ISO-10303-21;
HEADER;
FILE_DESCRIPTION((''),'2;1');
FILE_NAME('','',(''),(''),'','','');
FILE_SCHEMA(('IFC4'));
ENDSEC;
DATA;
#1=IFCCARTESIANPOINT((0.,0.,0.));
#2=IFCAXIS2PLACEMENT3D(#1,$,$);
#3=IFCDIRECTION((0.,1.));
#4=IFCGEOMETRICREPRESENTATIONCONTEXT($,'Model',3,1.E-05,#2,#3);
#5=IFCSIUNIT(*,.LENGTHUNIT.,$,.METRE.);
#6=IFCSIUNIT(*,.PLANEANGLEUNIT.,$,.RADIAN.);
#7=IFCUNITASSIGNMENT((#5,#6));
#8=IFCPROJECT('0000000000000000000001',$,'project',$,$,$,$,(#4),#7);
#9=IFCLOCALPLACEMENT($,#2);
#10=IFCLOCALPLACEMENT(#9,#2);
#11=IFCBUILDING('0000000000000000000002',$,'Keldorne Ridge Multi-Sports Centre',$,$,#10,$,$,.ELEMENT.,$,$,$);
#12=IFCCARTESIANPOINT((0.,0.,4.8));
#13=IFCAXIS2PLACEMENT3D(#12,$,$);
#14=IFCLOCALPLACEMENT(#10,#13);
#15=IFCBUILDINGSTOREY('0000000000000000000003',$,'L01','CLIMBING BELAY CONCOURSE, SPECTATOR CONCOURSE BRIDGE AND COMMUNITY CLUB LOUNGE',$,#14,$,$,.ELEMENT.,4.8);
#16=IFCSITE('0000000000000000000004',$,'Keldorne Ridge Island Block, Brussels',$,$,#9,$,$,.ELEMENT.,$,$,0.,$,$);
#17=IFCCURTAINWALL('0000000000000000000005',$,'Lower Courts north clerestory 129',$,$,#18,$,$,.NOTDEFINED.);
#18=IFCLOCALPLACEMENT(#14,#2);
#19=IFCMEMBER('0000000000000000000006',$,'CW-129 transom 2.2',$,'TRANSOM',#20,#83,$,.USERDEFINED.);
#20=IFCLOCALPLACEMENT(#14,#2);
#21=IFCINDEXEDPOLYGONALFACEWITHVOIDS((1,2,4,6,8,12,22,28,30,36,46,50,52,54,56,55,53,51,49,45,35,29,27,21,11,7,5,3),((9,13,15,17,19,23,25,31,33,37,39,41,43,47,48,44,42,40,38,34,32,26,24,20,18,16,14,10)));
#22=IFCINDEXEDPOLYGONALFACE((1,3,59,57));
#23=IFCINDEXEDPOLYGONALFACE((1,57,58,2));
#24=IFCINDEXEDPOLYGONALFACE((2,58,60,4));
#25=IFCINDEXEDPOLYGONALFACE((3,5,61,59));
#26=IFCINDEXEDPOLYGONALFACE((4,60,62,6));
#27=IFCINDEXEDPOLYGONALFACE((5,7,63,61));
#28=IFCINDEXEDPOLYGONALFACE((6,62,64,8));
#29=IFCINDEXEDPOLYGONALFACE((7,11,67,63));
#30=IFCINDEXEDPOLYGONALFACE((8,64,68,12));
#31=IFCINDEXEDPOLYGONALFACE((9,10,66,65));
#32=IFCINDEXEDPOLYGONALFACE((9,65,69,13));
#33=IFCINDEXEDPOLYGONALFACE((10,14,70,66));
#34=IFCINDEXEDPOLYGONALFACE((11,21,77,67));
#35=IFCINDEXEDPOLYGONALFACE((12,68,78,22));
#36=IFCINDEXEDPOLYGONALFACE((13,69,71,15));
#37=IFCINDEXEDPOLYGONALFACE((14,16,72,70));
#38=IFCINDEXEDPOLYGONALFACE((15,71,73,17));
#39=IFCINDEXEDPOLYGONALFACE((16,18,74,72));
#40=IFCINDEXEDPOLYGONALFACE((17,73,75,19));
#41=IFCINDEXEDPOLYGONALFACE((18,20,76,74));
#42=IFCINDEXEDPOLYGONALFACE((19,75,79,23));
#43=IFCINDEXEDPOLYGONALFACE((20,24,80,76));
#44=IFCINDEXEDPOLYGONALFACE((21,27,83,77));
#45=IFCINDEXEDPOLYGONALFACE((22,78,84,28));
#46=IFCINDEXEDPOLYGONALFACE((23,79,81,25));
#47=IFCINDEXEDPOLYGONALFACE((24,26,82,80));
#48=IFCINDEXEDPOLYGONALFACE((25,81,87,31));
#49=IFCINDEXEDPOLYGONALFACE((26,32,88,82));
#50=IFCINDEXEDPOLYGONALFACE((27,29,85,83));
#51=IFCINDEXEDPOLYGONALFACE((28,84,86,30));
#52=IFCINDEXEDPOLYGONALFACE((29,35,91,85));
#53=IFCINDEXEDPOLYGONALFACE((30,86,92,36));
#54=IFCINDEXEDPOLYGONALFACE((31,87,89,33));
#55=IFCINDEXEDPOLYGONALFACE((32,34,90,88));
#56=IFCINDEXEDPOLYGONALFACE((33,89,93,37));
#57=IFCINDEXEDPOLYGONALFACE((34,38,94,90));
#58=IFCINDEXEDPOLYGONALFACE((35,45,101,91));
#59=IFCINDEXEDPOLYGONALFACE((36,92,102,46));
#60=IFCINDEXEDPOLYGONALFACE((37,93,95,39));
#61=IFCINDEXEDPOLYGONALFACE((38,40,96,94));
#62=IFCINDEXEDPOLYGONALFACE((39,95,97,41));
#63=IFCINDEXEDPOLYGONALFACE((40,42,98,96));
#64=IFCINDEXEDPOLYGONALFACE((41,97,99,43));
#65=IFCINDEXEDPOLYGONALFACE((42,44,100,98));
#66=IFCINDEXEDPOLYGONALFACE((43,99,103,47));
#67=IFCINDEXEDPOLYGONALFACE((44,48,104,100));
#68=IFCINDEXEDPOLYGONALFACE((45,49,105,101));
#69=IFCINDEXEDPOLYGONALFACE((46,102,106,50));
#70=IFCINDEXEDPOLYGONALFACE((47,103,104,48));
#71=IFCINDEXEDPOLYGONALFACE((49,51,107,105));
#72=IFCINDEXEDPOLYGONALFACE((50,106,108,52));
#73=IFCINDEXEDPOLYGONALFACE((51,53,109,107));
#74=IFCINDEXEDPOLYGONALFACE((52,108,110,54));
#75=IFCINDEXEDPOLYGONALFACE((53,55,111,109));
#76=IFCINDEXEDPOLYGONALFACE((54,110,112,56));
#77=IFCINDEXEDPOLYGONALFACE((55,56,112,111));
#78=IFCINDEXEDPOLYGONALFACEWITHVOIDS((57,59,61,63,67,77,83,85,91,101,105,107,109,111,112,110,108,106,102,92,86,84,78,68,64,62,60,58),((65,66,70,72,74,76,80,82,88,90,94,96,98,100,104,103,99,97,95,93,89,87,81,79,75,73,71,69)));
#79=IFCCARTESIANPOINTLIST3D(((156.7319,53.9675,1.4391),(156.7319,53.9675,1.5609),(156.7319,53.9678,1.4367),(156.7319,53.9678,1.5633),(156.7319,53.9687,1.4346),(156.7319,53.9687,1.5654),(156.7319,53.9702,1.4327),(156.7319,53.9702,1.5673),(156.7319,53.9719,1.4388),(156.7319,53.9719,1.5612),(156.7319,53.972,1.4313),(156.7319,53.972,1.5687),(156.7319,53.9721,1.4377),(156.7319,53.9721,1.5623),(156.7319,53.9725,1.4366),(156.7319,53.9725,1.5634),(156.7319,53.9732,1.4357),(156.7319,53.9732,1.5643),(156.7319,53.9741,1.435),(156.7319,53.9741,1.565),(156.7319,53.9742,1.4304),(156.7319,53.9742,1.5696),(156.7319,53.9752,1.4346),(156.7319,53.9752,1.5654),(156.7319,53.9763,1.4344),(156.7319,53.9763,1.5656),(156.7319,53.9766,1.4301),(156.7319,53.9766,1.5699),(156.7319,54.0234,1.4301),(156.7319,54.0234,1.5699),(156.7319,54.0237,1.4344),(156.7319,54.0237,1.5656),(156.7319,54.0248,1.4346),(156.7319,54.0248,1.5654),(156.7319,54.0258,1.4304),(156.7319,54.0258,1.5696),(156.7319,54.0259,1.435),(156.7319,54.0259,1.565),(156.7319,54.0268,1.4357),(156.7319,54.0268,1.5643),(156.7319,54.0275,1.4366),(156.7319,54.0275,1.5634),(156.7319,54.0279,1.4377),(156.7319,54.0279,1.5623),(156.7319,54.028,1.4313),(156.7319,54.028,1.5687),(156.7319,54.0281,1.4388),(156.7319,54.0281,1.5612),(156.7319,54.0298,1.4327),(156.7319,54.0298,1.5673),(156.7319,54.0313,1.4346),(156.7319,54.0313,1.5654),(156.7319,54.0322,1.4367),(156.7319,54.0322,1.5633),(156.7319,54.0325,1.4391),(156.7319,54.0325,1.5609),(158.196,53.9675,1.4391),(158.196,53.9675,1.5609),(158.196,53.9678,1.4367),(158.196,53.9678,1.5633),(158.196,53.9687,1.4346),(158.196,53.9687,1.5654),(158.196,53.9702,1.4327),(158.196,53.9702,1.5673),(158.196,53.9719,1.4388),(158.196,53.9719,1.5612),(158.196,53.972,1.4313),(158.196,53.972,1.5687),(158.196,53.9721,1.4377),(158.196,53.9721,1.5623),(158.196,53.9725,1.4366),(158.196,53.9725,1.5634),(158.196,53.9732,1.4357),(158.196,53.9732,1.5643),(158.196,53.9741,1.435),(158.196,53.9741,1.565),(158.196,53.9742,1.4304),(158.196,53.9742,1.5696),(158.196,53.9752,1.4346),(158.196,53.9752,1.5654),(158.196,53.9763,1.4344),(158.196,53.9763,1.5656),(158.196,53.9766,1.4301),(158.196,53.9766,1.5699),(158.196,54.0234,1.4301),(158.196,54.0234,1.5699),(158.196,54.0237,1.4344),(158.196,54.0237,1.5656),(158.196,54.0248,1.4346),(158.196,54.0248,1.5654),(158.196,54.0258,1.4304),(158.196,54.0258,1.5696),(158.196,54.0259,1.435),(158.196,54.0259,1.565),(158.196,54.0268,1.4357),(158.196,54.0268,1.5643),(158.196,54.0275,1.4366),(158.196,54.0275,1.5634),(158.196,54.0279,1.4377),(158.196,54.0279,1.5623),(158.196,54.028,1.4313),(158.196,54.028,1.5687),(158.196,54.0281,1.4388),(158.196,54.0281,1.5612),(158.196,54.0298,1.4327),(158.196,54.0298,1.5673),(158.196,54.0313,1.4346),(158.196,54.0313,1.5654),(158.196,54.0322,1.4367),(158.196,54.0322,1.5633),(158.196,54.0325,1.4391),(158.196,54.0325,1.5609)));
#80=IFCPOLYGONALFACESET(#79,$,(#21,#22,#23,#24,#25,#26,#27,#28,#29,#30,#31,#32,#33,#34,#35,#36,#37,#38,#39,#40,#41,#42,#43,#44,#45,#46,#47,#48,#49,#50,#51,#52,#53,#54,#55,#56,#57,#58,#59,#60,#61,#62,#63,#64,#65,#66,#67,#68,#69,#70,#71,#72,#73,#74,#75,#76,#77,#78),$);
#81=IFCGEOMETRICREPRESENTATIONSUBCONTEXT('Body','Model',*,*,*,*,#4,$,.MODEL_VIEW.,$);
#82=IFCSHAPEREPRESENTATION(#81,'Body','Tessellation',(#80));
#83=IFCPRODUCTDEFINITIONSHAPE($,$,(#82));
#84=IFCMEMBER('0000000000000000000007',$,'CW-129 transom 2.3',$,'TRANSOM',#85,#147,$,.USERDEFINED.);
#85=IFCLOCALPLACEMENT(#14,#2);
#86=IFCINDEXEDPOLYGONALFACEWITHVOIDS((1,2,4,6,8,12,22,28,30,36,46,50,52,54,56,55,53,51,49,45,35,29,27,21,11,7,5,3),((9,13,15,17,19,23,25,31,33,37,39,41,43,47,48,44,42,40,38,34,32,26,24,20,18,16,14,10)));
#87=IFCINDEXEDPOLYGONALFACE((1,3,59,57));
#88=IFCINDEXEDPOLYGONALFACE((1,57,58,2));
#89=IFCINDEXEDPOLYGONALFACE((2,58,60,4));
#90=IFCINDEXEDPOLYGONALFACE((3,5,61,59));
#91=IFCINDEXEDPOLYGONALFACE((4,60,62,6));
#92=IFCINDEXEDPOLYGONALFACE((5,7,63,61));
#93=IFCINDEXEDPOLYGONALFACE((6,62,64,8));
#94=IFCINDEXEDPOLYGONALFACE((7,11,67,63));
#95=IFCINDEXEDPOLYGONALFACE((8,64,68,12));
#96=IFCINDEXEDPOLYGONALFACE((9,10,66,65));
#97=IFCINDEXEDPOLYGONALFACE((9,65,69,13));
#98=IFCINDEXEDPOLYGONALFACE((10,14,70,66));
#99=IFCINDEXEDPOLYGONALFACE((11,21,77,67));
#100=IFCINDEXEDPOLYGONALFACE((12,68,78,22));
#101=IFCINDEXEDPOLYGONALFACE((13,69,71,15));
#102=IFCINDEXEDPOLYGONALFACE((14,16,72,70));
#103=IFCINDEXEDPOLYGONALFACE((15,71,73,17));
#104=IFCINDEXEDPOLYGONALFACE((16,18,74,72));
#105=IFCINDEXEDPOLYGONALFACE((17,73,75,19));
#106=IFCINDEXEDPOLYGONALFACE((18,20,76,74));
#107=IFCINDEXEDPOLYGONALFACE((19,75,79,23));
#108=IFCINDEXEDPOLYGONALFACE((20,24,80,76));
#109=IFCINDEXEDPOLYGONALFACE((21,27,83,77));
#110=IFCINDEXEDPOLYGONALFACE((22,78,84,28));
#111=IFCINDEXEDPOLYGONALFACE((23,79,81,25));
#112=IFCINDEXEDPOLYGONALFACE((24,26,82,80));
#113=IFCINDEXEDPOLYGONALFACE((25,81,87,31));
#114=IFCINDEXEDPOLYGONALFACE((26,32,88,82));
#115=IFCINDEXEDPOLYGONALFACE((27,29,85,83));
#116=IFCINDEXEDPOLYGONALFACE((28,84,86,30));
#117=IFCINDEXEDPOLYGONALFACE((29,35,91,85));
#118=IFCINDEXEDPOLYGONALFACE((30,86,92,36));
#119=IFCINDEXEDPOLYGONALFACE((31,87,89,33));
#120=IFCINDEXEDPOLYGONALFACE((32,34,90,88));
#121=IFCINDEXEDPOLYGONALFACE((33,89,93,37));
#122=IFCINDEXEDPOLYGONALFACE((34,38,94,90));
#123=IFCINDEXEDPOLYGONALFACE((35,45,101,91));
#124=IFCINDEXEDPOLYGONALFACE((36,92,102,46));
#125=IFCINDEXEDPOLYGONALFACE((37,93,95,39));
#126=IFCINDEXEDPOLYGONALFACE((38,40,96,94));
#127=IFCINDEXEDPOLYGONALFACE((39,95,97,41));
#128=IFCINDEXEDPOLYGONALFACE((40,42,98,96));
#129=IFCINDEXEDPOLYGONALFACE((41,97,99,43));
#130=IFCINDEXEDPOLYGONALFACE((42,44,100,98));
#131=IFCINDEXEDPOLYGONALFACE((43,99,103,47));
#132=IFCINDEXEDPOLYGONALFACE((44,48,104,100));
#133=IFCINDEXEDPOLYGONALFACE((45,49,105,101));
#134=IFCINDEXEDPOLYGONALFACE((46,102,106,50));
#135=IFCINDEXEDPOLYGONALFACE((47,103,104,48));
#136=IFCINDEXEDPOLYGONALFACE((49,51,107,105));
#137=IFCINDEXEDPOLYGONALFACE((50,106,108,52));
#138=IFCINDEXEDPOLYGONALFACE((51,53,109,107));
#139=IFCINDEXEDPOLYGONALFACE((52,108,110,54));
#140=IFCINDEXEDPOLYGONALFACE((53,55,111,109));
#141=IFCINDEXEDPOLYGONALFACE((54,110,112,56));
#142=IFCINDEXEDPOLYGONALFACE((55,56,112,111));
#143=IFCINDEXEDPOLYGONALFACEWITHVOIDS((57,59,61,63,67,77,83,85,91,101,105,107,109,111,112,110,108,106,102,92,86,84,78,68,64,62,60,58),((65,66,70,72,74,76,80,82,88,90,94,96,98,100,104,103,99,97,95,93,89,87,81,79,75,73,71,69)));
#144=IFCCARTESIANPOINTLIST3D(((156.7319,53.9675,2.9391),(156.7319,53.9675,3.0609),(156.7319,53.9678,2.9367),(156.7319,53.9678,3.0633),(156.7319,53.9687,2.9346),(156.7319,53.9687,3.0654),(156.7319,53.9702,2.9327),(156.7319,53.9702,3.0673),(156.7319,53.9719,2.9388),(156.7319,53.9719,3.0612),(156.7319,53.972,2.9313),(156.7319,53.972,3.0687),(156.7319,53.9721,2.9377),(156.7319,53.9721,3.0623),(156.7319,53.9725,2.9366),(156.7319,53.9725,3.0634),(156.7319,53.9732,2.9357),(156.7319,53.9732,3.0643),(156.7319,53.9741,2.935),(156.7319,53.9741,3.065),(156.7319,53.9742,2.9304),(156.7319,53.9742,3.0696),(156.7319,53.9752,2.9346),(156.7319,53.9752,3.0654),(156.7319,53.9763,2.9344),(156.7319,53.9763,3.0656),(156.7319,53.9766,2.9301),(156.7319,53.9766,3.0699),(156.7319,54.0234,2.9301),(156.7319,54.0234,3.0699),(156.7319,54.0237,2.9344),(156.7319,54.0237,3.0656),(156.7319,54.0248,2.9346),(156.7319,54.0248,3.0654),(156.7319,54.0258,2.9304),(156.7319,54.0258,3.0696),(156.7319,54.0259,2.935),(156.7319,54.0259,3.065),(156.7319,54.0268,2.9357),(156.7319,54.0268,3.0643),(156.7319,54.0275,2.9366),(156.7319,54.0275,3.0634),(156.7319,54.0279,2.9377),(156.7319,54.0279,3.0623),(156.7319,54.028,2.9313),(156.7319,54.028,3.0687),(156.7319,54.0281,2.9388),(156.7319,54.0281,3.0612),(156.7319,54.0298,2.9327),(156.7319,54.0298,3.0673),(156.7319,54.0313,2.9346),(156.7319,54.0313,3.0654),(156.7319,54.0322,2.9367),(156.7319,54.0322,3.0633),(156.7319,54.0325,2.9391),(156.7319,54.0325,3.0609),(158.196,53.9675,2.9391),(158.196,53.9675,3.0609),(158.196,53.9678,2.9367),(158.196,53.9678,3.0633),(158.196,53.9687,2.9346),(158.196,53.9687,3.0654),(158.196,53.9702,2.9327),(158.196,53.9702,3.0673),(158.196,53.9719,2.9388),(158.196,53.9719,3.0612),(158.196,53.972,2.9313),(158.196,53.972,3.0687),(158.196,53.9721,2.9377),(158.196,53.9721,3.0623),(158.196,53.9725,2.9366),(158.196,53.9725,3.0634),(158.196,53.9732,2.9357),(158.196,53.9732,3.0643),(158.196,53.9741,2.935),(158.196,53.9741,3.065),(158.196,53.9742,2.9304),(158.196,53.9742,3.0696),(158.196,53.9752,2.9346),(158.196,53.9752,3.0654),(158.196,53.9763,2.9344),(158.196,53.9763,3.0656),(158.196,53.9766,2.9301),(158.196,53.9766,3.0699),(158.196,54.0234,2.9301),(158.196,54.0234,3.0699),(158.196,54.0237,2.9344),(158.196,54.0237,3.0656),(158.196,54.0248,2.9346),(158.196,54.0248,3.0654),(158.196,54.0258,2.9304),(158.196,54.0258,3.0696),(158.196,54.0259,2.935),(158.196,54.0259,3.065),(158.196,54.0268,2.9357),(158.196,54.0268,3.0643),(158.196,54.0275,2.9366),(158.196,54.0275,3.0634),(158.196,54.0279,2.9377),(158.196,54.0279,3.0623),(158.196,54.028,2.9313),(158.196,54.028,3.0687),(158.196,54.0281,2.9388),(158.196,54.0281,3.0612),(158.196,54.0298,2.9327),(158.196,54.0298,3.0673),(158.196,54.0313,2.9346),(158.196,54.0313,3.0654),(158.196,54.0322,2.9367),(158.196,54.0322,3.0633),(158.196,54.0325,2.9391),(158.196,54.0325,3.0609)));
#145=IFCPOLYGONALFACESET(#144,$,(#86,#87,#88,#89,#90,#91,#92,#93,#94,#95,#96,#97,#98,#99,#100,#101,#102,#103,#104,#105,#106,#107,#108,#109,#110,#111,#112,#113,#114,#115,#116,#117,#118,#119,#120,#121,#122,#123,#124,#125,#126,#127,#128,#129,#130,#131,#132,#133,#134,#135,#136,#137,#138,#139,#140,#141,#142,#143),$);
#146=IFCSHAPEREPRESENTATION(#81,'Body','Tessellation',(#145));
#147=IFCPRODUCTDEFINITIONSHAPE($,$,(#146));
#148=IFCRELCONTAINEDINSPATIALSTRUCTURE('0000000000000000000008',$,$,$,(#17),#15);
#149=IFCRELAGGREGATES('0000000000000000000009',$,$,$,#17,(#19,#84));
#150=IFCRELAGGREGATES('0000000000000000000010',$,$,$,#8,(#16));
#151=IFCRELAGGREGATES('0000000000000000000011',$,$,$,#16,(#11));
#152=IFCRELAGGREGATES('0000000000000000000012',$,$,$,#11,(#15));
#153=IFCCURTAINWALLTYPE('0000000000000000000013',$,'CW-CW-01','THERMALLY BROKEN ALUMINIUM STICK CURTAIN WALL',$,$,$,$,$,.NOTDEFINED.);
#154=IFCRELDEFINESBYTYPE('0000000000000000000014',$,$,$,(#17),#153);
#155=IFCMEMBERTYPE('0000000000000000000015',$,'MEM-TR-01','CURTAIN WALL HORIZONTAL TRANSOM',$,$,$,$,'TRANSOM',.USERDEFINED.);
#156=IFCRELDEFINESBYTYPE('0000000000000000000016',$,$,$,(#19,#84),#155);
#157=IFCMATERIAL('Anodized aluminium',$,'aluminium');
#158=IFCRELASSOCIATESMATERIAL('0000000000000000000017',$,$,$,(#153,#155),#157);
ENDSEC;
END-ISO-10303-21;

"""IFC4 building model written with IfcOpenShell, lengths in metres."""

from ifc_helpers import new_model, si_unit, direction, frame, origin, origin_2d, place, context, subcontext, project, spatial, hollow_rectangle, extrude, material, material_profile, profile_set, type_object, element, aggregate, save


model = new_model("IFC4")

# Units and contexts
model_context = context("Model", 3, precision=1e-05, world=origin(), true_north=direction((0.0, 1.0)))
body_context = subcontext(model_context, "Body", "Model", "MODEL_VIEW")
ifc_project = project(units=[si_unit("LENGTHUNIT", "METRE"), si_unit("PLANEANGLEUNIT", "RADIAN")], contexts=[model_context])

# Site, building, storey
site_placement = place(None, origin())
site = spatial("IfcSite", under=ifc_project, at=site_placement, Name="Keldorne Ridge Island Block, Brussels", CompositionType="ELEMENT", RefElevation=0.0)
building_placement = place(site_placement, origin())
building = spatial("IfcBuilding", under=site, at=building_placement, Name="Keldorne Ridge Multi-Sports Centre", CompositionType="ELEMENT")
storey_placement = place(building_placement, frame((0.0, 0.0, 4.8)))
storey = spatial("IfcBuildingStorey", under=building, at=storey_placement, Name="L01", Description="CLIMBING BELAY CONCOURSE, SPECTATOR CONCOURSE BRIDGE AND COMMUNITY CLUB LOUNGE", CompositionType="ELEMENT", Elevation=4.8)

# Curtain wall, members
ifc_material_1 = material(Name="Anodized aluminium", Category="aluminium")
curtain_wall_type = type_object("IfcCurtainWallType", Name="CW-CW-01", Description="THERMALLY BROKEN ALUMINIUM STICK CURTAIN WALL", PredefinedType="NOTDEFINED", material=ifc_material_1)
curtain_wall_placement = place(storey_placement, origin())
curtain_wall = element("IfcCurtainWall", 1, at=curtain_wall_placement, inside=storey, type_object=curtain_wall_type, Name="Lower Courts north clerestory 129", PredefinedType="NOTDEFINED")
ifc_material_profile_1 = material_profile(ifc_material_1, hollow_rectangle(XDim=0.0649, YDim=0.1399, WallThickness=0.0044, InnerFilletRadius=0.0044, OuterFilletRadius=0.009, at=origin_2d()), Name="ALU TRANSOM 140x65x4.5")
ifc_profile_set_1 = profile_set([ifc_material_profile_1], Name="Anodized aluminium")
member_type_1 = type_object("IfcMemberType", Name="MEM-TR-01", Description="CURTAIN WALL HORIZONTAL TRANSOM", ElementType="TRANSOM", PredefinedType="USERDEFINED", material=ifc_profile_set_1)
member_1_placement = place(storey_placement, frame((158.196, 54.0, 1.5), z_axis=(-1.0, 0.0, 0.0), x_axis=(0.0, -1.0, 0.0)))
member_1 = element("IfcMember", 2, at=member_1_placement, type_object=member_type_1, Name="CW-129 transom 2.2", ObjectType="TRANSOM", PredefinedType="USERDEFINED", context=body_context, shape_type="SweptSolid", body=[
    extrude(hollow_rectangle(XDim=0.0649, YDim=0.1399, WallThickness=0.0044, InnerFilletRadius=0.0044, OuterFilletRadius=0.009, at=origin_2d()), origin(), (0.0, 0.0, 1.0), 1.4641),
])
member_2_placement = place(storey_placement, frame((158.196, 54.0, 3.0), z_axis=(-1.0, 0.0, 0.0), x_axis=(0.0, -1.0, 0.0)))
member_2 = element("IfcMember", 3, at=member_2_placement, type_object=member_type_1, Name="CW-129 transom 2.3", ObjectType="TRANSOM", PredefinedType="USERDEFINED", context=body_context, shape_type="SweptSolid", body=[
    extrude(hollow_rectangle(XDim=0.0649, YDim=0.1399, WallThickness=0.0044, InnerFilletRadius=0.0044, OuterFilletRadius=0.009, at=origin_2d()), origin(), (0.0, 0.0, 1.0), 1.4641),
])
aggregate(curtain_wall, [member_1, member_2])

save(model, "model.ifc")
